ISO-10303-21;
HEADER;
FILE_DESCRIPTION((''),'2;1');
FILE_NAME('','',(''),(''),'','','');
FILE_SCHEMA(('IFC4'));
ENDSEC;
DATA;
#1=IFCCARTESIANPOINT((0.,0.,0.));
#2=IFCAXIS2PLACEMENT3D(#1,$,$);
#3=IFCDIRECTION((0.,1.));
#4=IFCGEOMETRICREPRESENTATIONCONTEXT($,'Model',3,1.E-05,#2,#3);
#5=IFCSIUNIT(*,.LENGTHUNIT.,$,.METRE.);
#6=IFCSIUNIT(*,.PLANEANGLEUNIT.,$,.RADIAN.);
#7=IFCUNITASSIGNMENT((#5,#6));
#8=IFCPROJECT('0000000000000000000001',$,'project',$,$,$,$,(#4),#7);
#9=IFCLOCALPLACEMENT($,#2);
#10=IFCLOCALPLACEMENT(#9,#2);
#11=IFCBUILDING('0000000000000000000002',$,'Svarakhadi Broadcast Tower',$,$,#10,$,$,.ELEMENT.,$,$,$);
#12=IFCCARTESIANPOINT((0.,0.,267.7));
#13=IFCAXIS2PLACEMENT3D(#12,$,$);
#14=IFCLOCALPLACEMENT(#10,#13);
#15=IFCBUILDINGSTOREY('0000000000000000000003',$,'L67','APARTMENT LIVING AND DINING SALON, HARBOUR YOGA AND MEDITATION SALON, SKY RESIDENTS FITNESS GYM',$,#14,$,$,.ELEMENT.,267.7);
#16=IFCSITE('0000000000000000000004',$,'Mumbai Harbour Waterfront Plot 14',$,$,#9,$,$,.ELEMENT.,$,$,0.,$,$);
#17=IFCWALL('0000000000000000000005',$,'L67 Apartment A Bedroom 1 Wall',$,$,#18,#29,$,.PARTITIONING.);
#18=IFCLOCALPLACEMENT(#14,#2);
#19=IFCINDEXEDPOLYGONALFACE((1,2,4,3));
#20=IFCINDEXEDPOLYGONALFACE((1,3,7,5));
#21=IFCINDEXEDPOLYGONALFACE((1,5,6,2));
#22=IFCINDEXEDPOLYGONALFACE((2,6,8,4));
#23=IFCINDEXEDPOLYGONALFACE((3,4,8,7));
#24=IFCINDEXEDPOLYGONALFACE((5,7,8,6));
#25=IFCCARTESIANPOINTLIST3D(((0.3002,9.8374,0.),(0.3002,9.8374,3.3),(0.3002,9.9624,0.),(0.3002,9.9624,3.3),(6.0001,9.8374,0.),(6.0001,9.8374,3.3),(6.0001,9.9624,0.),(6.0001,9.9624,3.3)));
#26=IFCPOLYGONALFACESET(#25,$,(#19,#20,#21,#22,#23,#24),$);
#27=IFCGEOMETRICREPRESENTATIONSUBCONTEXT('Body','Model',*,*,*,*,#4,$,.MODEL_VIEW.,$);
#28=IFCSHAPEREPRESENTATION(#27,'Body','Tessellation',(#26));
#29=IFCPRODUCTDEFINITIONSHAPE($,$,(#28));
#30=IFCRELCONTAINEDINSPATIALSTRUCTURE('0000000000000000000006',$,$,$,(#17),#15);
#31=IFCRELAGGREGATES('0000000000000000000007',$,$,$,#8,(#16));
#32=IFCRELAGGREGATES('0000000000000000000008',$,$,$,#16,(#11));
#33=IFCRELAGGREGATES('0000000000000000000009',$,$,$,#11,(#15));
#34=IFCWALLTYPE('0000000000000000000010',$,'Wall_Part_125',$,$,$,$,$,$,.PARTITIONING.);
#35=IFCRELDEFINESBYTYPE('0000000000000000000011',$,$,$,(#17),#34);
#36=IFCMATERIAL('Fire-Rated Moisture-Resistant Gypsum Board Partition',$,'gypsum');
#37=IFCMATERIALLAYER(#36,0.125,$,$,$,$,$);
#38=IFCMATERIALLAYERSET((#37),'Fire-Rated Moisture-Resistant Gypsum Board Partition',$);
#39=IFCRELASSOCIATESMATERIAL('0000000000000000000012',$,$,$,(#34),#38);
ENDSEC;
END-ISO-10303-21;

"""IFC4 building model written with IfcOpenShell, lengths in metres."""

from ifc_helpers import new_model, si_unit, direction, frame, frame_2d, origin, place, context, subcontext, project, spatial, rectangle, extrude, material, layer, layer_set, type_object, element, save


model = new_model("IFC4")

# Units and contexts
model_context = context("Model", 3, precision=1e-05, world=origin(), true_north=direction((0.0, 1.0)))
body_context = subcontext(model_context, "Body", "Model", "MODEL_VIEW")
ifc_project = project(units=[si_unit("LENGTHUNIT", "METRE"), si_unit("PLANEANGLEUNIT", "RADIAN")], contexts=[model_context])

# Site, building, storey
site_placement = place(None, origin())
site = spatial("IfcSite", under=ifc_project, at=site_placement, Name="Mumbai Harbour Waterfront Plot 14", CompositionType="ELEMENT", RefElevation=0.0)
building_placement = place(site_placement, origin())
building = spatial("IfcBuilding", under=site, at=building_placement, Name="Svarakhadi Broadcast Tower", CompositionType="ELEMENT")
storey_placement = place(building_placement, frame((0.0, 0.0, 267.7)))
storey = spatial("IfcBuildingStorey", under=building, at=storey_placement, Name="L67", Description="APARTMENT LIVING AND DINING SALON, HARBOUR YOGA AND MEDITATION SALON, SKY RESIDENTS FITNESS GYM", CompositionType="ELEMENT", Elevation=267.7)

# Wall
ifc_material_1 = material(Name="Fire-Rated Moisture-Resistant Gypsum Board Partition", Category="gypsum")
ifc_layer_1 = layer(ifc_material_1, 0.125)
ifc_layer_set_1 = layer_set([ifc_layer_1], Name="Fire-Rated Moisture-Resistant Gypsum Board Partition")
wall_type_1 = type_object("IfcWallType", Name="Wall_Part_125", PredefinedType="PARTITIONING", material=ifc_layer_set_1)
wall_1_placement = place(storey_placement, frame((0.3, 9.8999, 0.0), z_axis=(0.0, 0.0, 1.0), x_axis=(1.0, 0.0, 0.0)))
element("IfcWall", 1, at=wall_1_placement, inside=storey, type_object=wall_type_1, Name="L67 Apartment A Bedroom 1 Wall", PredefinedType="PARTITIONING", context=body_context, shape_type="SweptSolid", body=[
    extrude(rectangle(XDim=5.7, YDim=0.125, at=frame_2d((2.8501, 0.0))), origin(), (0.0, 0.0, 1.0), 3.3),
])

save(model, "model.ifc")
